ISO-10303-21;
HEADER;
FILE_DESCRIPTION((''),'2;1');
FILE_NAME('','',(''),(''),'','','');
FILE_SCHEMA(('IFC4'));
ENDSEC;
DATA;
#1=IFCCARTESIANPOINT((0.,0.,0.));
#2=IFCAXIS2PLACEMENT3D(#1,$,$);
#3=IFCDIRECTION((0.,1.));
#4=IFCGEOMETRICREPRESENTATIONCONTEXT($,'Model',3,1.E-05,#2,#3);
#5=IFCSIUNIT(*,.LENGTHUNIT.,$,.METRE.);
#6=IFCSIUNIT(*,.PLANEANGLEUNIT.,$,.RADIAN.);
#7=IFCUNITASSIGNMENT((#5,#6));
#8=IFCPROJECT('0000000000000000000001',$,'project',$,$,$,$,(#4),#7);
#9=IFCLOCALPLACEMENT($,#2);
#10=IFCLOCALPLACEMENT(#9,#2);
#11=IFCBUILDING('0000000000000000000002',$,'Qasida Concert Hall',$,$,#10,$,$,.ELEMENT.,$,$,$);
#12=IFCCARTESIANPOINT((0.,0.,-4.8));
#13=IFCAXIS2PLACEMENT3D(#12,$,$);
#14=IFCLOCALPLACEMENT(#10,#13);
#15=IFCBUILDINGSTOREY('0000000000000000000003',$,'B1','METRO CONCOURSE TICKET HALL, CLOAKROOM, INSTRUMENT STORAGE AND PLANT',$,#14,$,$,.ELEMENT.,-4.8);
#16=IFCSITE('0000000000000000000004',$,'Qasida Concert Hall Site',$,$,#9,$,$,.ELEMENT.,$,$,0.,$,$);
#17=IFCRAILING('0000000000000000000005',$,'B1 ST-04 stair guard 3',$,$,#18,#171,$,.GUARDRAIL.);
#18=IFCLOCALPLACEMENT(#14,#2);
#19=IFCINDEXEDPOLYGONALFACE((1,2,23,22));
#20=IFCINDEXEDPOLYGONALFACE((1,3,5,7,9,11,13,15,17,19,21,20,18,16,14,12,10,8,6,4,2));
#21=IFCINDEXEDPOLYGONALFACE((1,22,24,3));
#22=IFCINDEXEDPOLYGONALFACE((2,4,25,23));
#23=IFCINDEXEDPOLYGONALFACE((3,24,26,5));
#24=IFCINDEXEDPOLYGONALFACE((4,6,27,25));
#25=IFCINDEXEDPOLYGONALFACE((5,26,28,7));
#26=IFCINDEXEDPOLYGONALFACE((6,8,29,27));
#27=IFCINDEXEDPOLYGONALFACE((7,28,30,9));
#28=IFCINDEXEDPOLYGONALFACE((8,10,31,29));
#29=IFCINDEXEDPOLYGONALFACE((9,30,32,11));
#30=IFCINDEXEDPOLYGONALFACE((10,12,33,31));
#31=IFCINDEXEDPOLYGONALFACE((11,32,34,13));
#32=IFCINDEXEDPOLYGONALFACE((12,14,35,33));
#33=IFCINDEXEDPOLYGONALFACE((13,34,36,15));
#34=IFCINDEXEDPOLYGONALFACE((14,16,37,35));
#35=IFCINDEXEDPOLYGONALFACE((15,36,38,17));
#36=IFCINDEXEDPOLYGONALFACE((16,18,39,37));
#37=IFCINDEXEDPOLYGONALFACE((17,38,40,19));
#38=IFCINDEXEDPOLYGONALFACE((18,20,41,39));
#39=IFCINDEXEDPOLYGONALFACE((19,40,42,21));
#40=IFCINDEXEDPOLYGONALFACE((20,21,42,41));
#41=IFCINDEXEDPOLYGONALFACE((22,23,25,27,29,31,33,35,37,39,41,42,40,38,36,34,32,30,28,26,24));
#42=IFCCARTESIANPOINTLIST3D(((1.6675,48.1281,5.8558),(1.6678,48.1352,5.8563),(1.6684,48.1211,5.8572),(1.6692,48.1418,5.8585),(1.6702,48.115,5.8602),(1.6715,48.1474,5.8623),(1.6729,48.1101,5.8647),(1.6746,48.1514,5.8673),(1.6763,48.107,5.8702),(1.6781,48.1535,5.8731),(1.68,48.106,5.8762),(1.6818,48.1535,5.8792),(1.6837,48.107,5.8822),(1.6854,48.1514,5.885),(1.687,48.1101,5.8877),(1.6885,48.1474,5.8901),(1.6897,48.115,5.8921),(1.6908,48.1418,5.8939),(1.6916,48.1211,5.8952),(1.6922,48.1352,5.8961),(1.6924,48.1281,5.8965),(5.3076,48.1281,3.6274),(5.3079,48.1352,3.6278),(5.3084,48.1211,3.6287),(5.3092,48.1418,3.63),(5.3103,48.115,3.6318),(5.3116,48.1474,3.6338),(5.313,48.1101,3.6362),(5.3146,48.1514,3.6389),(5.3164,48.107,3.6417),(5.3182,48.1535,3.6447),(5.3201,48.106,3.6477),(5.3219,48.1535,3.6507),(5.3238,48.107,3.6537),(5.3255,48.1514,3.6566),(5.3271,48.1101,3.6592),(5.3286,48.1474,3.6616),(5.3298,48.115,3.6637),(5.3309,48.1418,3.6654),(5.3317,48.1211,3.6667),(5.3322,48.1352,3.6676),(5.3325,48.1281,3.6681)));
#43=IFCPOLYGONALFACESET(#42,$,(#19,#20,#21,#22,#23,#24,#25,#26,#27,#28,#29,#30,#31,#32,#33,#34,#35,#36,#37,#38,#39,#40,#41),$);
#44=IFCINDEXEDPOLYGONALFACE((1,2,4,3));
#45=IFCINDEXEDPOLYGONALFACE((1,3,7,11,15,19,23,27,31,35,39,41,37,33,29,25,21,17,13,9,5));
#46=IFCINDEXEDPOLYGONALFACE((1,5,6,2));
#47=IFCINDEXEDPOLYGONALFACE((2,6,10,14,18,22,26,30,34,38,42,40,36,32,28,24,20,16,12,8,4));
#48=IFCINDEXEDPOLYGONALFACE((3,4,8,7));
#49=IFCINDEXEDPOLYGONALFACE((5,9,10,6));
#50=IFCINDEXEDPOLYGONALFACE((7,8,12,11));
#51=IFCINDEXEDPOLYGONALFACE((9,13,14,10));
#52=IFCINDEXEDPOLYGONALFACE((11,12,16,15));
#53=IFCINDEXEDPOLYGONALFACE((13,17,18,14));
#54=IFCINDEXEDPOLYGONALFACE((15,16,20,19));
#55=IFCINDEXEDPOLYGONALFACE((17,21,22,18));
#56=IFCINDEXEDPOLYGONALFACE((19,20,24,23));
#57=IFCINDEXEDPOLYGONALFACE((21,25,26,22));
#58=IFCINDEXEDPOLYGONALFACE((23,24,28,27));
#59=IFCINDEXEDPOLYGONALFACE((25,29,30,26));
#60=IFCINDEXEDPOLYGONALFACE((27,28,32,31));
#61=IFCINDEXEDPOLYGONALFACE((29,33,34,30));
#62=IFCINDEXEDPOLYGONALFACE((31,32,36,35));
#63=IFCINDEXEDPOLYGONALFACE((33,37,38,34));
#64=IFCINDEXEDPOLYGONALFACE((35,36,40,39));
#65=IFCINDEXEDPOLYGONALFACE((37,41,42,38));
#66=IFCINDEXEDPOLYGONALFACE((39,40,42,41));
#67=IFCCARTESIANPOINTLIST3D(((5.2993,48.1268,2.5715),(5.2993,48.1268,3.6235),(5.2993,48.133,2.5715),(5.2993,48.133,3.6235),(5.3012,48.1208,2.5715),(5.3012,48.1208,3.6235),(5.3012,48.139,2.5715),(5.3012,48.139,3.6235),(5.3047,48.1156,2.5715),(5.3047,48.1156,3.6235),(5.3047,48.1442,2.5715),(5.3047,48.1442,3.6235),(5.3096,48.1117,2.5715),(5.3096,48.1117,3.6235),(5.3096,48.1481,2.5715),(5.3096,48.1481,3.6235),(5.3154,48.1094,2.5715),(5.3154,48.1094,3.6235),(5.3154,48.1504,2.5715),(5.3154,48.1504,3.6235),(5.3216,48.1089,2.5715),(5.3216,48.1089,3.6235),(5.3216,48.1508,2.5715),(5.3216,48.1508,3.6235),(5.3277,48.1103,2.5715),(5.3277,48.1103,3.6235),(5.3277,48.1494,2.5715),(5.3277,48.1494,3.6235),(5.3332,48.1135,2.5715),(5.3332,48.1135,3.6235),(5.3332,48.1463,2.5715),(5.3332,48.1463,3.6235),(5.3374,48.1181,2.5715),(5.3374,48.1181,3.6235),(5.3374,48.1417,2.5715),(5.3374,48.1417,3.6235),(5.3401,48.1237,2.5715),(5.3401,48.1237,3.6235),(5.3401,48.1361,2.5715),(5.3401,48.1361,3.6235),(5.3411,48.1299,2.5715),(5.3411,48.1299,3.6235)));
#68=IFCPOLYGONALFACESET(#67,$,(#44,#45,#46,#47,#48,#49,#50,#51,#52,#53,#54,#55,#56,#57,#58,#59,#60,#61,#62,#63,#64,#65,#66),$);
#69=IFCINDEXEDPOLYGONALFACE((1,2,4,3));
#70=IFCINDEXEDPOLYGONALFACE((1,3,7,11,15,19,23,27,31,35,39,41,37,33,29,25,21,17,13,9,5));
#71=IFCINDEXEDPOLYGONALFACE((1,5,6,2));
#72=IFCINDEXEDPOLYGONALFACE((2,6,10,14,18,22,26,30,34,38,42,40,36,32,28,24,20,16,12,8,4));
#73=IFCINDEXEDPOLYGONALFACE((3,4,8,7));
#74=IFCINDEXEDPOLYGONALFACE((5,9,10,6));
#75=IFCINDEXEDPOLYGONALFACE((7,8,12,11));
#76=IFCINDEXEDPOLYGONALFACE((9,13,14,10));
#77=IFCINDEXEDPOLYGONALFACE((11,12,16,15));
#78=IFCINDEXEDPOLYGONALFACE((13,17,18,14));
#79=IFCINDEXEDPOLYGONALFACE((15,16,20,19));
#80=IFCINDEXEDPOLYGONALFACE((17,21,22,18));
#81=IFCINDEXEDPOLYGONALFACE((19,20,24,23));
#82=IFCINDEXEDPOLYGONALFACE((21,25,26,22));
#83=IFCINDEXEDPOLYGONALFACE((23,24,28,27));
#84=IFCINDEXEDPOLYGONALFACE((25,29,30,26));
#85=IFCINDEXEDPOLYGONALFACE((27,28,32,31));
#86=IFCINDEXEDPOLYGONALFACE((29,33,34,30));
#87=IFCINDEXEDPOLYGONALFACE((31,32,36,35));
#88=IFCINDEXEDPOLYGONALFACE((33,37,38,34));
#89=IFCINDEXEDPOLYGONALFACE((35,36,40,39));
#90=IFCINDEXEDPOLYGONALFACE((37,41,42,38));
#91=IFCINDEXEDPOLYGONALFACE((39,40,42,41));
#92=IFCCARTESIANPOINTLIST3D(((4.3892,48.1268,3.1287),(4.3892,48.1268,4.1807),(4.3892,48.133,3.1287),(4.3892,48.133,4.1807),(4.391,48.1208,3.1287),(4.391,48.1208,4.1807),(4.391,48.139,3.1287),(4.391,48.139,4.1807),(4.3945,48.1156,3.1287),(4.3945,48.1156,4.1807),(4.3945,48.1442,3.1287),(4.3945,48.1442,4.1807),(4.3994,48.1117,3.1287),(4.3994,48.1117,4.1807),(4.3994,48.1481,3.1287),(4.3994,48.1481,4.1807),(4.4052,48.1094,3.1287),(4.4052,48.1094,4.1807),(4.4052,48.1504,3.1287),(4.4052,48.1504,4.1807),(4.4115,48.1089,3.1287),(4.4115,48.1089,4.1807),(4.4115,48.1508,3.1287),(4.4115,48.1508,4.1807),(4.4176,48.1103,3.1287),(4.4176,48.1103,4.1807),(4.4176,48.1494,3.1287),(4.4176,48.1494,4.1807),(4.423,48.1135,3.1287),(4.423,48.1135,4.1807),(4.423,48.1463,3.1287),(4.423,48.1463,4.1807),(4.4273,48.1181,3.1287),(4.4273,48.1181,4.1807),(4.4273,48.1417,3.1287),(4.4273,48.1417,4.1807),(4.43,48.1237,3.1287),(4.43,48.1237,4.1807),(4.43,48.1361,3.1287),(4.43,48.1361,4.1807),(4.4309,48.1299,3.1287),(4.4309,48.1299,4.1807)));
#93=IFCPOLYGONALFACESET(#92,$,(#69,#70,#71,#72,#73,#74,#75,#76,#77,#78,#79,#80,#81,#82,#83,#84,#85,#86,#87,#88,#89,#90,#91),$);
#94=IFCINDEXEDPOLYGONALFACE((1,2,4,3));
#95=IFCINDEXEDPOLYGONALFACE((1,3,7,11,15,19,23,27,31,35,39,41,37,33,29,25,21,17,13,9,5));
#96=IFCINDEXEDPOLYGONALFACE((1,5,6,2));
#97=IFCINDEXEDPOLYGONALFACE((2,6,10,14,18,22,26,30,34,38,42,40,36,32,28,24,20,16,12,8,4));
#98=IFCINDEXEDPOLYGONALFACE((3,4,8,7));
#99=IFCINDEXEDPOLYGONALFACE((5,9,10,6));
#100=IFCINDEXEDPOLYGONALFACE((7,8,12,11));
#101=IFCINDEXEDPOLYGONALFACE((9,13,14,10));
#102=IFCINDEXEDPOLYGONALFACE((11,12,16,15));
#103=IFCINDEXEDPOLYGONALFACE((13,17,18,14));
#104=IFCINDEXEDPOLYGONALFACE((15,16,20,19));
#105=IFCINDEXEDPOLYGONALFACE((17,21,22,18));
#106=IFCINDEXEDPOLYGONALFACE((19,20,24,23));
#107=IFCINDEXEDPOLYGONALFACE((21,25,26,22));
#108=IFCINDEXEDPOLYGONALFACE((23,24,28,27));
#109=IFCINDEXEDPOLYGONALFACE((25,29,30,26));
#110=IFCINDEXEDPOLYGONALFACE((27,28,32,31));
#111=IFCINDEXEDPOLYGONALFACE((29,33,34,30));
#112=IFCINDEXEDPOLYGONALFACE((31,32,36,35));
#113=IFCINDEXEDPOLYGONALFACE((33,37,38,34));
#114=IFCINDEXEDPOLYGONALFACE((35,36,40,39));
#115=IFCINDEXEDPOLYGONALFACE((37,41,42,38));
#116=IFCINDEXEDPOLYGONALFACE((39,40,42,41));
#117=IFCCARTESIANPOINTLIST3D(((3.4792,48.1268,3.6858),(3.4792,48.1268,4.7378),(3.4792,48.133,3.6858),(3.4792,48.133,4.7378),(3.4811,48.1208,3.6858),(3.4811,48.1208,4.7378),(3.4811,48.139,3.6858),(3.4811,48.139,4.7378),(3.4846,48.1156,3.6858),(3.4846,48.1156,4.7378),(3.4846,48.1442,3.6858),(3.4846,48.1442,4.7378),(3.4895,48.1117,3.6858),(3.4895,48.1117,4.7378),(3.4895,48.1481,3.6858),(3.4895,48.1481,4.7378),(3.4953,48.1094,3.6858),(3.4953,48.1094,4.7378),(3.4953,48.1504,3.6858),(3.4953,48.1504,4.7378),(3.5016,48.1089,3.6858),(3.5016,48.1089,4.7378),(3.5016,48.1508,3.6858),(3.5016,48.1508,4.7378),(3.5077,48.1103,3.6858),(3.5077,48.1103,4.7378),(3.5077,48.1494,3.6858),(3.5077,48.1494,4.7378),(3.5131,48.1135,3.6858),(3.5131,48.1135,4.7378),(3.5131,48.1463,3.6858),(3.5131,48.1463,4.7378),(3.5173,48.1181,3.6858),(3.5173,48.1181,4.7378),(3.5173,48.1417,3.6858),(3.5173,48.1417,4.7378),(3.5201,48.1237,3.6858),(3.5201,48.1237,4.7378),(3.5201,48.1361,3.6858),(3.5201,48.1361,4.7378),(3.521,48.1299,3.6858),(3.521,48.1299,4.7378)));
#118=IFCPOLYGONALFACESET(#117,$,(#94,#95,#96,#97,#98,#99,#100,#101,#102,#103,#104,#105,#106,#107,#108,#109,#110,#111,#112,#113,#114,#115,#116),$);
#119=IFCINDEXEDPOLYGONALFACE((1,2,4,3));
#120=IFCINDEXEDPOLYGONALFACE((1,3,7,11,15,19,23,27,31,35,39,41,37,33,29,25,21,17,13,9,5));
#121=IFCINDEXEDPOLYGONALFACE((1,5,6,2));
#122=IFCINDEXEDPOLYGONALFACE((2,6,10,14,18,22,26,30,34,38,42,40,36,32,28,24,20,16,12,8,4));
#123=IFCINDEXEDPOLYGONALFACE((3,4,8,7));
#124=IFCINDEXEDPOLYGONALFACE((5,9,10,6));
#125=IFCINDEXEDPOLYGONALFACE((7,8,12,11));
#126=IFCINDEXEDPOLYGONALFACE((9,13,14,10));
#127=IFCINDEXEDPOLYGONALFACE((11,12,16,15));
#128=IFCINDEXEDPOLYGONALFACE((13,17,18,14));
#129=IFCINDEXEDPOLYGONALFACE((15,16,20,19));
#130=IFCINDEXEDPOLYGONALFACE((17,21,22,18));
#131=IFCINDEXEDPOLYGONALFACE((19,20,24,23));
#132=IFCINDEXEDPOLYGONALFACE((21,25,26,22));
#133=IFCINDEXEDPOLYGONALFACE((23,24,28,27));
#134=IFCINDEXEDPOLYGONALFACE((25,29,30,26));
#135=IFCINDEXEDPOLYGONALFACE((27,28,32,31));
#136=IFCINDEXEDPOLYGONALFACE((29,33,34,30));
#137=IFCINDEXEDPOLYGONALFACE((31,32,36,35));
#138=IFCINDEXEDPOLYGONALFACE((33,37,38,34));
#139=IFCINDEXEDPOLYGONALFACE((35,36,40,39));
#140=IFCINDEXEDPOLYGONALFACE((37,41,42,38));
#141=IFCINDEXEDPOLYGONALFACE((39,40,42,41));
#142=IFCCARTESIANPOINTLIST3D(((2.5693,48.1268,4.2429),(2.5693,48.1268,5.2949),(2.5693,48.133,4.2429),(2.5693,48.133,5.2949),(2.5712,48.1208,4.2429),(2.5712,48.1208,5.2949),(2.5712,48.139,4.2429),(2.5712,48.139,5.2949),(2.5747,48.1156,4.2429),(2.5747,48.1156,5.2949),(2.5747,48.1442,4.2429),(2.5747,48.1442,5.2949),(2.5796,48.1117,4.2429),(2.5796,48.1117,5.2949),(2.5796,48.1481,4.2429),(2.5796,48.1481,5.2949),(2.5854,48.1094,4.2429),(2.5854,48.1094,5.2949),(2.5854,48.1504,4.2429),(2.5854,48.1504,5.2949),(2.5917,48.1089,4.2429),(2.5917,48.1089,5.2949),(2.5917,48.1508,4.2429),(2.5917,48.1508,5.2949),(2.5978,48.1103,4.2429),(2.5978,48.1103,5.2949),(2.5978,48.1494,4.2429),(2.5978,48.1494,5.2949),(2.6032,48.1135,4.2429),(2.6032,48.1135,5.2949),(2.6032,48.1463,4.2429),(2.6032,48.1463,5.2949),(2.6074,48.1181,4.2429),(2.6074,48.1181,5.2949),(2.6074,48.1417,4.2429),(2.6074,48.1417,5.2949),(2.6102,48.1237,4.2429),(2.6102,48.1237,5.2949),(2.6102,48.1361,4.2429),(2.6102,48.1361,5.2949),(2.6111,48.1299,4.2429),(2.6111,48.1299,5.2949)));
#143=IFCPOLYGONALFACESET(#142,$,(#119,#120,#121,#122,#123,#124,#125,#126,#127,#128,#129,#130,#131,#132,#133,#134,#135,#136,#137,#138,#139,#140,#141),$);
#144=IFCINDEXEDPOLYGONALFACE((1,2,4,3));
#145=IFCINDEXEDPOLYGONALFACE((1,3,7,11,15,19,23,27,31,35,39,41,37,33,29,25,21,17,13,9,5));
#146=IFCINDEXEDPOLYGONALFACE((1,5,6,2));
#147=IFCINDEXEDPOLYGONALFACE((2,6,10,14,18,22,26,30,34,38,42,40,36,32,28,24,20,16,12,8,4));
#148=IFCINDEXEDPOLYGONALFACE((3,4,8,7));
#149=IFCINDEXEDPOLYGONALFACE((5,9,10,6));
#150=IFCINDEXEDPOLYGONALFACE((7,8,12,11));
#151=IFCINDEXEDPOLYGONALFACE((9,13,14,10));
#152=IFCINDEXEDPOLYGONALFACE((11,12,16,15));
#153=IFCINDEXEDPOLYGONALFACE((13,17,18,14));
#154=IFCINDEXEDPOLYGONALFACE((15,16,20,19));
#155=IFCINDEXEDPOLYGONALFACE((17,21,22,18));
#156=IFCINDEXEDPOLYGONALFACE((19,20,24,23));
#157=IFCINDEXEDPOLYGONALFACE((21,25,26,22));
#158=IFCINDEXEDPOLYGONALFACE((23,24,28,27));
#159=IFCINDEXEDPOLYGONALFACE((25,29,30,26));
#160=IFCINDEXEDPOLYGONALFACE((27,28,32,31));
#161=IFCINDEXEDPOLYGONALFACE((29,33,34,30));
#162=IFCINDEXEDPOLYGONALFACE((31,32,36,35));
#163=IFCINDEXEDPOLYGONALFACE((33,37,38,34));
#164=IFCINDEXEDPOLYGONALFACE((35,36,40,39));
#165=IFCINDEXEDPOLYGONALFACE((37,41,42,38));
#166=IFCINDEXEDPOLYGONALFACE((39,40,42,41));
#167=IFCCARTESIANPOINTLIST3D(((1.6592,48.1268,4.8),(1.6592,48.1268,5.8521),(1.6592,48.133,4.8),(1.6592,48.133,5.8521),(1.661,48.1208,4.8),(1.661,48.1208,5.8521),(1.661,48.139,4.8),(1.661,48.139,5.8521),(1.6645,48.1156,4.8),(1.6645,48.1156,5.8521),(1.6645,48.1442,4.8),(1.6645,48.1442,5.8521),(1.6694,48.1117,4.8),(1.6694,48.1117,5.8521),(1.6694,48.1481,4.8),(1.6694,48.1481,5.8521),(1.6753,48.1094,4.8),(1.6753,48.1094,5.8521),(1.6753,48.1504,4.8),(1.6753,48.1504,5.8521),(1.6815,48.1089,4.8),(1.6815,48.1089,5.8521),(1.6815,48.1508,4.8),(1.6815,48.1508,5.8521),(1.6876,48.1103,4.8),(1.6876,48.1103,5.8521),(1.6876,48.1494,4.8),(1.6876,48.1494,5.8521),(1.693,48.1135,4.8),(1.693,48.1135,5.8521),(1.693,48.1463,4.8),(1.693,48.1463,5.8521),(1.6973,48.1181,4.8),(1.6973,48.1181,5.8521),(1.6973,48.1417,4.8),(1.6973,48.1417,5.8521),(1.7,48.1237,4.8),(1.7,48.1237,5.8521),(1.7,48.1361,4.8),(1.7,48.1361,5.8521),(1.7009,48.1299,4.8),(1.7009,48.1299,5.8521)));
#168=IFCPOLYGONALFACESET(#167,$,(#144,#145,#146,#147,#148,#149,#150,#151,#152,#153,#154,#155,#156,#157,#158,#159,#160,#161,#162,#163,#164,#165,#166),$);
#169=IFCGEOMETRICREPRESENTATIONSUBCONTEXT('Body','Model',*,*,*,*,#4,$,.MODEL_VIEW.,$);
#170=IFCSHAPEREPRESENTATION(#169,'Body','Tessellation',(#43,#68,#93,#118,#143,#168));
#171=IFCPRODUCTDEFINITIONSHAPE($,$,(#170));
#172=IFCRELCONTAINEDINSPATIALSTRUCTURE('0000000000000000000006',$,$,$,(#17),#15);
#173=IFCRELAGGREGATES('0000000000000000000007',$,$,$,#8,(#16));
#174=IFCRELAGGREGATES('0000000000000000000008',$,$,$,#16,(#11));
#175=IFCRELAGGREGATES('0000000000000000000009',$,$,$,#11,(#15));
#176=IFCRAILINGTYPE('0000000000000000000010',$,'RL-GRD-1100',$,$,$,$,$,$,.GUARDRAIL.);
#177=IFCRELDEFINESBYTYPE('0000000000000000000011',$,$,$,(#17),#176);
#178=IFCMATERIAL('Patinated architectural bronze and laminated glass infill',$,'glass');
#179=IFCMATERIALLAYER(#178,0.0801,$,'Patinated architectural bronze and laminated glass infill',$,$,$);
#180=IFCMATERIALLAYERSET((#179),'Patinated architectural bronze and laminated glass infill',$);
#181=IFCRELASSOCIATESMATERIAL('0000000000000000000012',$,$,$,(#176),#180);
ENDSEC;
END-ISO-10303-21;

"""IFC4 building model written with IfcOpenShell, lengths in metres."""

from ifc_helpers import new_model, si_unit, direction, frame, origin, origin_2d, place, context, subcontext, project, spatial, circle, extrude, material, layer, layer_set, type_object, element, save


model = new_model("IFC4")

# Units and contexts
model_context = context("Model", 3, precision=1e-05, world=origin(), true_north=direction((0.0, 1.0)))
body_context = subcontext(model_context, "Body", "Model", "MODEL_VIEW")
ifc_project = project(units=[si_unit("LENGTHUNIT", "METRE"), si_unit("PLANEANGLEUNIT", "RADIAN")], contexts=[model_context])

# Site, building, storey
site_placement = place(None, origin())
site = spatial("IfcSite", under=ifc_project, at=site_placement, Name="Qasida Concert Hall Site", CompositionType="ELEMENT", RefElevation=0.0)
building_placement = place(site_placement, origin())
building = spatial("IfcBuilding", under=site, at=building_placement, Name="Qasida Concert Hall", CompositionType="ELEMENT")
storey_placement = place(building_placement, frame((0.0, 0.0, -4.8)))
storey = spatial("IfcBuildingStorey", under=building, at=storey_placement, Name="B1", Description="METRO CONCOURSE TICKET HALL, CLOAKROOM, INSTRUMENT STORAGE AND PLANT", CompositionType="ELEMENT", Elevation=-4.8)

# Railing
ifc_material_1 = material(Name="Patinated architectural bronze and laminated glass infill", Category="glass")
ifc_layer_1 = layer(ifc_material_1, 0.0801, Name="Patinated architectural bronze and laminated glass infill")
ifc_layer_set_1 = layer_set([ifc_layer_1], Name="Patinated architectural bronze and laminated glass infill")
railing_type_1 = type_object("IfcRailingType", Name="RL-GRD-1100", PredefinedType="GUARDRAIL", material=ifc_layer_set_1)
railing_1_placement = place(storey_placement, frame((5.3201, 48.1299, 2.5715)))
element("IfcRailing", 1, at=railing_1_placement, inside=storey, type_object=railing_type_1, Name="B1 ST-04 stair guard 3", PredefinedType="GUARDRAIL", context=body_context, shape_type="SweptSolid", body=[
    extrude(circle(Radius=0.0239, at=origin_2d()), frame((0.0, 0.0, 1.0762), z_axis=(-0.852866, 0.0, 0.52213), x_axis=(0.0, -1.0, 0.0)), (0.0, 0.0, 1.0), 4.2681),
    extrude(circle(Radius=0.021, at=origin_2d()), origin(), (0.0, 0.0, 1.0), 1.052),
    extrude(circle(Radius=0.021, at=origin_2d()), frame((-0.9102, 0.0, 0.5571)), (0.0, 0.0, 1.0), 1.052),
    extrude(circle(Radius=0.021, at=origin_2d()), frame((-1.8201, 0.0, 1.1143)), (0.0, 0.0, 1.0), 1.052),
    extrude(circle(Radius=0.021, at=origin_2d()), frame((-2.73, 0.0, 1.6714)), (0.0, 0.0, 1.0), 1.052),
    extrude(circle(Radius=0.021, at=origin_2d()), frame((-3.6401, 0.0, 2.2285)), (0.0, 0.0, 1.0), 1.052),
])

save(model, "model.ifc")
